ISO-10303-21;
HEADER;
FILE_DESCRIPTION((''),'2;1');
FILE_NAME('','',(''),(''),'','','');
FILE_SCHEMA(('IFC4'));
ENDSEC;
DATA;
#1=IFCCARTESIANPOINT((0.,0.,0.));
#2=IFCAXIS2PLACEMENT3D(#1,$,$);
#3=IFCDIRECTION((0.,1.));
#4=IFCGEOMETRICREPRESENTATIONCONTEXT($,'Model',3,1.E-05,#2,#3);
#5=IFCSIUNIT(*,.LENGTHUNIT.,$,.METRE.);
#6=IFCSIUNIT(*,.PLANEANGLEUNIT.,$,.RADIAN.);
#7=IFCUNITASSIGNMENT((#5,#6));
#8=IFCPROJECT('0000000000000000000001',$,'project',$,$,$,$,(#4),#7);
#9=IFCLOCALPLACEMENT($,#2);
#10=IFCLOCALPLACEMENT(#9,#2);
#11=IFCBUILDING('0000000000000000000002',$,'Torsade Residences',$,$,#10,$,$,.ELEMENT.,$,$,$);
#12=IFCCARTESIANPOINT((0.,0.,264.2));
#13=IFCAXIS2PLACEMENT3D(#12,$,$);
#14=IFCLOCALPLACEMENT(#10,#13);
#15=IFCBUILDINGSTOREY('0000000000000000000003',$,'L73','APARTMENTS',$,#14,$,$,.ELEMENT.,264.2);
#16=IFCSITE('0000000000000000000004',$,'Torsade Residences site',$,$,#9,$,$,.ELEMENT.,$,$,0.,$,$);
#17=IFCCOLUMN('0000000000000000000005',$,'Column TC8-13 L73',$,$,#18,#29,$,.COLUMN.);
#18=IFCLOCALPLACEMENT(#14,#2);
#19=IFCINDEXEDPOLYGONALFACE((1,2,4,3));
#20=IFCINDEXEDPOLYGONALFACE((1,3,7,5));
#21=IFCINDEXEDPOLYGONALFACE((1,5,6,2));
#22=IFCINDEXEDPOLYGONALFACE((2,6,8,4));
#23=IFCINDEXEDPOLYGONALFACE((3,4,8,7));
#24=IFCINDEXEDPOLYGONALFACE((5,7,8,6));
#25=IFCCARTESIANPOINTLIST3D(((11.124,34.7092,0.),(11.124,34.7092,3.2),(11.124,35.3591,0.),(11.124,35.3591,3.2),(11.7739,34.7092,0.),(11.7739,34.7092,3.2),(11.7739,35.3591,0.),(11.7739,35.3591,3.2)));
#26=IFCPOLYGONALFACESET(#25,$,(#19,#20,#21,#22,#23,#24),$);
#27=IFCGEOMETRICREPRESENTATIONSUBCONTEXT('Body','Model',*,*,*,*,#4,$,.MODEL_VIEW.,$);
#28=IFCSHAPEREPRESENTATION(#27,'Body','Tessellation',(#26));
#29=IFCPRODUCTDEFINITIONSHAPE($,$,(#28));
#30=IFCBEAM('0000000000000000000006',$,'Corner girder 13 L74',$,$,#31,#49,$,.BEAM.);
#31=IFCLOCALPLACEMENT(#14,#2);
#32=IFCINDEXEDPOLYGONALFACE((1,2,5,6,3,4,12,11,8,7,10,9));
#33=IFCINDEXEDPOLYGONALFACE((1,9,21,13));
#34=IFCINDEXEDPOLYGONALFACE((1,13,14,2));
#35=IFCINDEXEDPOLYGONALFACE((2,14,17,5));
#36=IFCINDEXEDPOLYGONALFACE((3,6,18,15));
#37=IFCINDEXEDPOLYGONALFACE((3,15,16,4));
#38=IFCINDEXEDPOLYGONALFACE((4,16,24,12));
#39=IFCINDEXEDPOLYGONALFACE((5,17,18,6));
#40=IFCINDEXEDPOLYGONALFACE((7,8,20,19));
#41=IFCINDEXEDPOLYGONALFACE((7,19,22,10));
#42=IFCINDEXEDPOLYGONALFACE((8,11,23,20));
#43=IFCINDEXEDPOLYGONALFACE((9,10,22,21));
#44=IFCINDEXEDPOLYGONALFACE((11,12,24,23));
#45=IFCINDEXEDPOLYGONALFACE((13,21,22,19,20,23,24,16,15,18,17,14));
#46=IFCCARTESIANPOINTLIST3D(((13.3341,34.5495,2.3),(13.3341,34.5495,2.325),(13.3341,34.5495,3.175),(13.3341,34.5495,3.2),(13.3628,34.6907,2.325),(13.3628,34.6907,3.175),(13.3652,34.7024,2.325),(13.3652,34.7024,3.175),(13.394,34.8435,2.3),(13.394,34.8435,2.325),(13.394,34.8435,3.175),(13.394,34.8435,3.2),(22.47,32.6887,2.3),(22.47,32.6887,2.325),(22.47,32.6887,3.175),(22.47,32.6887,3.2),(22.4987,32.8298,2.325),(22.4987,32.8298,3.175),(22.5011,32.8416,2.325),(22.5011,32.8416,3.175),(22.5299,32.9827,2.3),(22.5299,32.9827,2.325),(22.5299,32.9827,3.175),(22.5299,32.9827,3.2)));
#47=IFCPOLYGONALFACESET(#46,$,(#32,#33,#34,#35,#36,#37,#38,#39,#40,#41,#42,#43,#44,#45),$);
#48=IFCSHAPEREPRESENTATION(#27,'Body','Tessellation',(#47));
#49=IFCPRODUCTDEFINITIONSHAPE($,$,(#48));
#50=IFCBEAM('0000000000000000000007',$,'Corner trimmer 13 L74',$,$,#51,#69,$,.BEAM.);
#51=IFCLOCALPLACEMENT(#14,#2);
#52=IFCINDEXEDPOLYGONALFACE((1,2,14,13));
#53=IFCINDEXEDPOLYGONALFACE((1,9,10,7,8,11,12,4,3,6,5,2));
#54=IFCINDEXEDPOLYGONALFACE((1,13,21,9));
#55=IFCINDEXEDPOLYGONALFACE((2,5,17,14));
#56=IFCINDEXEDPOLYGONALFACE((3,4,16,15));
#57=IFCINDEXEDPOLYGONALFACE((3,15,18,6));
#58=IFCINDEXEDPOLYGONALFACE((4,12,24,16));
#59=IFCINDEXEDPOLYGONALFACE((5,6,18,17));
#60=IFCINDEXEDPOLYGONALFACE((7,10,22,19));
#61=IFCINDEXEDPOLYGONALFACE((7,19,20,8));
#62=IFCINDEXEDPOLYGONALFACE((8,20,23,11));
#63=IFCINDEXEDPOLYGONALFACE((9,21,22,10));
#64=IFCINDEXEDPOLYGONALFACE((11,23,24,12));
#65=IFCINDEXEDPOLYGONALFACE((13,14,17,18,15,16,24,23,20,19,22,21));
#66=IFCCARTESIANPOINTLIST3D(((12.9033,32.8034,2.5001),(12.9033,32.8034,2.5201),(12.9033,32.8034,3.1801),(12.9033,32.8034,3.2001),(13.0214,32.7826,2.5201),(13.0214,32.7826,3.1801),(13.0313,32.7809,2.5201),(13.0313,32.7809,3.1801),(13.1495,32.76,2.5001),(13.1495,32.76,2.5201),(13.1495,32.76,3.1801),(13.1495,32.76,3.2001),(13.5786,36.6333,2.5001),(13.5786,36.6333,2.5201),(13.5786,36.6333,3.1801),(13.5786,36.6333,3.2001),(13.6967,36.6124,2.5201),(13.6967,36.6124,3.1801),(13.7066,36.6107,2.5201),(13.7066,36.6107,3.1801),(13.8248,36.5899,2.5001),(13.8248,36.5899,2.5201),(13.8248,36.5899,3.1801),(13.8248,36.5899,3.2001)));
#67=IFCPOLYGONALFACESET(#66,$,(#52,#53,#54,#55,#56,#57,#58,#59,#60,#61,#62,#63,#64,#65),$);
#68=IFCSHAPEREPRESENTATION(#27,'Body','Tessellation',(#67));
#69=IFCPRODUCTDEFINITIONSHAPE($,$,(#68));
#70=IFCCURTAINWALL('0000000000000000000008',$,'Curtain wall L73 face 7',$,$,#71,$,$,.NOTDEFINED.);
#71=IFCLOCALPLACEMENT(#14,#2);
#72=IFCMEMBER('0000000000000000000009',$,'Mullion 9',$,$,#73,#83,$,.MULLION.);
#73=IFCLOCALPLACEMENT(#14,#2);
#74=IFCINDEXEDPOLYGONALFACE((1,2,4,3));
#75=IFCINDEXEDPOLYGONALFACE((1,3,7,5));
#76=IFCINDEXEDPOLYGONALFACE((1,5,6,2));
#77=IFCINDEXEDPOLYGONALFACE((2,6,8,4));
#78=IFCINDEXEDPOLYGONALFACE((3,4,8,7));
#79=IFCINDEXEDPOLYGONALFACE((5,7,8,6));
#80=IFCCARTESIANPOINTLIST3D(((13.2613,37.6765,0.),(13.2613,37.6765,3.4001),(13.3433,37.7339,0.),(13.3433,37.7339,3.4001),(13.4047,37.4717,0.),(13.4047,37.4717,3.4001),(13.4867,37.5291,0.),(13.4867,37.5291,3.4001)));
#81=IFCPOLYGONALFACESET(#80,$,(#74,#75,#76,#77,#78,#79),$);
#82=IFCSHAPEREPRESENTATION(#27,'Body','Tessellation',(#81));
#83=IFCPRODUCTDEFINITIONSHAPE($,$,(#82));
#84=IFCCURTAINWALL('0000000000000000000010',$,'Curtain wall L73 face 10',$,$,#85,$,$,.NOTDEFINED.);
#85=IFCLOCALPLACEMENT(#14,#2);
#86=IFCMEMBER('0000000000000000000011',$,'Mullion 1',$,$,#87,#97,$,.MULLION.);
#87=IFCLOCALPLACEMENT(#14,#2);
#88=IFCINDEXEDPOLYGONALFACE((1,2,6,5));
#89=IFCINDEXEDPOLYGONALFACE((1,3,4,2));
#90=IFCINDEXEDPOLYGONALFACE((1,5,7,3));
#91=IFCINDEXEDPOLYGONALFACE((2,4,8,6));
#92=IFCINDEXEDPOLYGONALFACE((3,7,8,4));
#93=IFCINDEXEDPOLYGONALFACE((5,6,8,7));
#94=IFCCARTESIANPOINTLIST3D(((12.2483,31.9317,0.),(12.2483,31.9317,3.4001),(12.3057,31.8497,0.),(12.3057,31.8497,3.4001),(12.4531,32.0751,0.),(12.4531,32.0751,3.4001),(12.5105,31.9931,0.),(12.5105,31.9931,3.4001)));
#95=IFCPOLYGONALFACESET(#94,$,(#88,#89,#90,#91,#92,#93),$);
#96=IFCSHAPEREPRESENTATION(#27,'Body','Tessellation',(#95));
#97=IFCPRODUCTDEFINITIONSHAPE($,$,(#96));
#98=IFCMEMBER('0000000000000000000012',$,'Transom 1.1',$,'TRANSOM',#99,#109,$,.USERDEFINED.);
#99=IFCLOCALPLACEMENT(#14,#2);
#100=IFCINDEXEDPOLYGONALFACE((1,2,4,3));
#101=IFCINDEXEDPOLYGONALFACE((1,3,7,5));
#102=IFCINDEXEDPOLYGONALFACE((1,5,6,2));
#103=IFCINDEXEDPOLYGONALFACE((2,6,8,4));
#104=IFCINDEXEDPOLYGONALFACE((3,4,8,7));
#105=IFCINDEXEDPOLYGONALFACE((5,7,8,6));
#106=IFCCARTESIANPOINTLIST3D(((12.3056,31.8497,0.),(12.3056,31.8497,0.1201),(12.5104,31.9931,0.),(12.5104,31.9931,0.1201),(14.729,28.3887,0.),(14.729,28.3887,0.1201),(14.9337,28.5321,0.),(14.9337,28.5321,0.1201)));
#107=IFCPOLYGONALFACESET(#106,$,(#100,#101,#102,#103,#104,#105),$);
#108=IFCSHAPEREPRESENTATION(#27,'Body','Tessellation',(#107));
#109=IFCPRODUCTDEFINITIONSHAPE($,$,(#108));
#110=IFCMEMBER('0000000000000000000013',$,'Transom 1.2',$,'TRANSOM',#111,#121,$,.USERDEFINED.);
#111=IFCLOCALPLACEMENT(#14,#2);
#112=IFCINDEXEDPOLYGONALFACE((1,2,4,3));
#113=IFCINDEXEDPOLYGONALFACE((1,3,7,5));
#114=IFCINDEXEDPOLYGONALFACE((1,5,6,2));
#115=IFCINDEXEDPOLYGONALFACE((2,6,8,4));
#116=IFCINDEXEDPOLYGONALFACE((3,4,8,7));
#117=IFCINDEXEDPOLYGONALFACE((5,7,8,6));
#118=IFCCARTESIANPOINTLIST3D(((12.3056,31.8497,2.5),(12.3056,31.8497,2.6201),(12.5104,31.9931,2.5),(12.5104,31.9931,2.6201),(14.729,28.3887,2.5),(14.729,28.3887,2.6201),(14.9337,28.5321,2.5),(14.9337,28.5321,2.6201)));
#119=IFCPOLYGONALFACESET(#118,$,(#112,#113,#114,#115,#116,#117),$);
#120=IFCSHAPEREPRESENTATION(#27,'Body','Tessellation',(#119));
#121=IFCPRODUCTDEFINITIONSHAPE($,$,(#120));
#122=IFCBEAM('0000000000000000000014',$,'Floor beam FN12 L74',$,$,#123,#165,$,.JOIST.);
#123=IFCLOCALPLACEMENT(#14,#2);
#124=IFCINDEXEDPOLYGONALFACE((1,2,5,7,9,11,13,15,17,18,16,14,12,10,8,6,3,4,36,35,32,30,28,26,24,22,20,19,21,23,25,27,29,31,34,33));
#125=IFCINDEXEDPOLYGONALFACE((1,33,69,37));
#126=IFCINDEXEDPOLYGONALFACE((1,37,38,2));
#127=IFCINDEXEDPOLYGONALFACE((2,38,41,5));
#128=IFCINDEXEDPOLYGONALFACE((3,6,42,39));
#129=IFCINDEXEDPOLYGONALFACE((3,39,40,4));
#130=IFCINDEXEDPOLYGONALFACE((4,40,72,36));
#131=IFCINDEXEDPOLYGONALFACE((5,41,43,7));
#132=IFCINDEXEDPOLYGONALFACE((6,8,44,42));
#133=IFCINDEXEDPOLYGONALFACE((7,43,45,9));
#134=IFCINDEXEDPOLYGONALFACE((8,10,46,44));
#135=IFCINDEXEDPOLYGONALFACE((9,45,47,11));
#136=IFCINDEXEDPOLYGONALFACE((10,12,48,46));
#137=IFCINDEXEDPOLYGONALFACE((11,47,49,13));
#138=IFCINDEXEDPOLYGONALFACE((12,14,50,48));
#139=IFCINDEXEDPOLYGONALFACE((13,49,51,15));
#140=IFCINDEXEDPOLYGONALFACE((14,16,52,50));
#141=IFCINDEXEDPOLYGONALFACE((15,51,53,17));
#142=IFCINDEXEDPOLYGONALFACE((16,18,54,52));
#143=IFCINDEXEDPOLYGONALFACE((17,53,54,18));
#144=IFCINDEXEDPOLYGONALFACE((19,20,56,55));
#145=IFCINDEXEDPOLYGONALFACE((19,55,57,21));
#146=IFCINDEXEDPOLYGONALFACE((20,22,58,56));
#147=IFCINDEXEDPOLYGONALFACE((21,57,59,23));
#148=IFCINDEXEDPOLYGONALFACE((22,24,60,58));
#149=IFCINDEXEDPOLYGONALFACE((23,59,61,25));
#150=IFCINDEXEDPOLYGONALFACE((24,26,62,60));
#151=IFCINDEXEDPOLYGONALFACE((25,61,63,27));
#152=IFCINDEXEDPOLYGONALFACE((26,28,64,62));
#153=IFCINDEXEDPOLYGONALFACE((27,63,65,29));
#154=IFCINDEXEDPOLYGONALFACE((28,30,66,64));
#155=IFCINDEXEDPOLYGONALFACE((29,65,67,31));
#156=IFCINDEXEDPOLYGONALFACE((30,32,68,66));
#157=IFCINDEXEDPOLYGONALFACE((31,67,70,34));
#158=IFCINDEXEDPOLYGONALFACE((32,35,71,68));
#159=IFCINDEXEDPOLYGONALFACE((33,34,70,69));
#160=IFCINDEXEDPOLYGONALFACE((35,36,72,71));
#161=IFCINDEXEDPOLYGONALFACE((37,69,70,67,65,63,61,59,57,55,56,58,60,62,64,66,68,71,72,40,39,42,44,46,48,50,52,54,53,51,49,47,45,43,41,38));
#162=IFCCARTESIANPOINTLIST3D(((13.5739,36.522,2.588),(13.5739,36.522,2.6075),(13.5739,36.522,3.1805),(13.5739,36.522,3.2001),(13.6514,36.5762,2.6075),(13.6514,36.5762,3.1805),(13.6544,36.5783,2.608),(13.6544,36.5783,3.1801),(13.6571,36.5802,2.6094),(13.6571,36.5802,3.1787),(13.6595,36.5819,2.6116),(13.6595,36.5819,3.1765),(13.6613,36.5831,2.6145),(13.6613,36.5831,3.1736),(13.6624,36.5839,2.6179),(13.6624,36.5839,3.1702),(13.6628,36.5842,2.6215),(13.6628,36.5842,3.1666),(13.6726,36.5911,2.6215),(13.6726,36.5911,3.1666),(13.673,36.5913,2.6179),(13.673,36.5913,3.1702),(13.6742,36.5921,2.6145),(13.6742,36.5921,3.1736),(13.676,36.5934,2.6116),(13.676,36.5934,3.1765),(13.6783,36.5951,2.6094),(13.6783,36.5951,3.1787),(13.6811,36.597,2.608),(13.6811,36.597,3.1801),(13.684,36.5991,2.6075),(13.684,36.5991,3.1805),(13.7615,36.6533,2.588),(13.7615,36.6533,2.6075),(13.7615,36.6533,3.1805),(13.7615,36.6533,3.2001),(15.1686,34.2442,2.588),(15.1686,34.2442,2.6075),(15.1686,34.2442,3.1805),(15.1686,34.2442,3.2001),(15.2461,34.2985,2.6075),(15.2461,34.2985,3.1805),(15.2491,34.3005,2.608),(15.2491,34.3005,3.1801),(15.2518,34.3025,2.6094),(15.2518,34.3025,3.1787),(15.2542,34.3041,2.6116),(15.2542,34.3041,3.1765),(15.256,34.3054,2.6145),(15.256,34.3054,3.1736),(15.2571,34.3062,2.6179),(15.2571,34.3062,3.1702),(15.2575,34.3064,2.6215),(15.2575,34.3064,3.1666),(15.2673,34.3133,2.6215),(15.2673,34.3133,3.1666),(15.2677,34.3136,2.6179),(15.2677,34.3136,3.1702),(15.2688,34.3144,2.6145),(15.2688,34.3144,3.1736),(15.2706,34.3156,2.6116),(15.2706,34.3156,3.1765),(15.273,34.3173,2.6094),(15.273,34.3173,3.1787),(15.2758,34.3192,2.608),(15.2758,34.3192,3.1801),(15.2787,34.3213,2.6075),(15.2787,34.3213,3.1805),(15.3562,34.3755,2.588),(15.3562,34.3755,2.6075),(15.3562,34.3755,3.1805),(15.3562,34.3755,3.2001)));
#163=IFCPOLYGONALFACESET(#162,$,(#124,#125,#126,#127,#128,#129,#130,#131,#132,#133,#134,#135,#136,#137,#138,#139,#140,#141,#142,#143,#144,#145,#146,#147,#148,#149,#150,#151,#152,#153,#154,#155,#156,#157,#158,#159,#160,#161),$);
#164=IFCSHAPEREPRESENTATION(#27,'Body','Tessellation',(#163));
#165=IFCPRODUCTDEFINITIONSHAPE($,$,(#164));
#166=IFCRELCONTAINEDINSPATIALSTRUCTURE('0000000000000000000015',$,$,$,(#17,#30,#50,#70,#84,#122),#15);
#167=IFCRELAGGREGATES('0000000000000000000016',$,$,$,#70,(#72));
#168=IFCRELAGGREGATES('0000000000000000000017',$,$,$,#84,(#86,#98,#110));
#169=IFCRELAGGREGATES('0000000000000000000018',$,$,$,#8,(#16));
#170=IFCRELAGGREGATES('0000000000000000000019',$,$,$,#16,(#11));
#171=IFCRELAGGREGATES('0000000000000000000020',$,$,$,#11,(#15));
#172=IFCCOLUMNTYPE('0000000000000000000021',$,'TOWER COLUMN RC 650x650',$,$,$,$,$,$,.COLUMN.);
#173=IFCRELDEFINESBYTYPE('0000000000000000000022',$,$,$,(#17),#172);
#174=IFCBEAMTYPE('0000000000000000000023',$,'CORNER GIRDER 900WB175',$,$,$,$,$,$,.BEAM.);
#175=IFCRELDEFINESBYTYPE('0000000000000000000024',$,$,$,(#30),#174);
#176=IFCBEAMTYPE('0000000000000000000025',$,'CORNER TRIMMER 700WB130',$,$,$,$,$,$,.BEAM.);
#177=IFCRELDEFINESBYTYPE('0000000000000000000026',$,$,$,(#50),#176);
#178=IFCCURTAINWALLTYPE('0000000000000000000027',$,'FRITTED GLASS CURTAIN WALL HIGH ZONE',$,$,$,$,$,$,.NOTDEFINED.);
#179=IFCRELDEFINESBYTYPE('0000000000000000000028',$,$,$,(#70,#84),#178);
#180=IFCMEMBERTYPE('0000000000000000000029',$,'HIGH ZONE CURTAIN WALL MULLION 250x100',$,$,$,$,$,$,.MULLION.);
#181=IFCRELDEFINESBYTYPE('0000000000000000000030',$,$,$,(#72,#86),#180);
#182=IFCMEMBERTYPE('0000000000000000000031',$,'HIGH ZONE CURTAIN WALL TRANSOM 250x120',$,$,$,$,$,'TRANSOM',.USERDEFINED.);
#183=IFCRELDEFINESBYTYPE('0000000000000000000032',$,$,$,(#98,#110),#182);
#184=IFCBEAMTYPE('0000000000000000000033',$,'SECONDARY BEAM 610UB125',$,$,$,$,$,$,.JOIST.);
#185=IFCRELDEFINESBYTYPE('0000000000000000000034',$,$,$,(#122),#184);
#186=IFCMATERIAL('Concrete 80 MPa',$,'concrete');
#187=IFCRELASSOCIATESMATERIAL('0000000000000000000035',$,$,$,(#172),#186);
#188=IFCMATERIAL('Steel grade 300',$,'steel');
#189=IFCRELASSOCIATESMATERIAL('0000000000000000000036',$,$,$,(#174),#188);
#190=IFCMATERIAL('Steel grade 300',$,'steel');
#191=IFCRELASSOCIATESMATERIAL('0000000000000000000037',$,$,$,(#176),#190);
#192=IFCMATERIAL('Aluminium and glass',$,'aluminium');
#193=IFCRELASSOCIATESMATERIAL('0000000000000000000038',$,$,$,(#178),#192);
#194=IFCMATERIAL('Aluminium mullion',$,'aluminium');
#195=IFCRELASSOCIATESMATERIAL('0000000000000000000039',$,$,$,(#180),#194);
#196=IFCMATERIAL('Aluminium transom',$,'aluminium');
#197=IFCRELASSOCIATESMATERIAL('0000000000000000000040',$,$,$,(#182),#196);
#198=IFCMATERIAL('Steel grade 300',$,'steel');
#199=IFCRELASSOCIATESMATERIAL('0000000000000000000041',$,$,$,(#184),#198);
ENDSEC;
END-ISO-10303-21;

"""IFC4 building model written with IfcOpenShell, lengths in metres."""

from ifc_helpers import new_model, si_unit, direction, frame, origin, origin_2d, place, context, subcontext, project, spatial, rectangle, i_section, extrude, material, material_profile, profile_set, type_object, element, aggregate, save


model = new_model("IFC4")

# Units and contexts
model_context = context("Model", 3, precision=1e-05, world=origin(), true_north=direction((0.0, 1.0)))
body_context = subcontext(model_context, "Body", "Model", "MODEL_VIEW")
ifc_project = project(units=[si_unit("LENGTHUNIT", "METRE"), si_unit("PLANEANGLEUNIT", "RADIAN")], contexts=[model_context])

# Site, building, storey
site_placement = place(None, origin())
site = spatial("IfcSite", under=ifc_project, at=site_placement, Name="Torsade Residences site", CompositionType="ELEMENT", RefElevation=0.0)
building_placement = place(site_placement, origin())
building = spatial("IfcBuilding", under=site, at=building_placement, Name="Torsade Residences", CompositionType="ELEMENT")
storey_placement = place(building_placement, frame((0.0, 0.0, 264.2)))
storey = spatial("IfcBuildingStorey", under=building, at=storey_placement, Name="L73", Description="APARTMENTS", CompositionType="ELEMENT", Elevation=264.2)

# Column
ifc_material_1 = material(Name="Concrete 80 MPa", Category="concrete")
ifc_material_profile_1 = material_profile(ifc_material_1, rectangle(XDim=0.6499, YDim=0.6499, at=origin_2d()), Name="RC 650x650")
ifc_profile_set_1 = profile_set([ifc_material_profile_1], Name="Concrete 80 MPa")
column_type = type_object("IfcColumnType", Name="TOWER COLUMN RC 650x650", PredefinedType="COLUMN", material=ifc_profile_set_1)
column_placement = place(storey_placement, frame((11.449, 35.0342, 0.0), z_axis=(0.0, 0.0, 1.0), x_axis=(1.0, 0.0, 0.0)))
element("IfcColumn", 1, at=column_placement, inside=storey, type_object=column_type, Name="Column TC8-13 L73", PredefinedType="COLUMN", context=body_context, shape_type="SweptSolid", body=[
    extrude(rectangle(XDim=0.6499, YDim=0.6499, at=origin_2d()), origin(), (0.0, 0.0, 1.0), 3.2),
])

# Beams
ifc_material_2 = material(Name="Steel grade 300", Category="steel")
ifc_material_profile_2 = material_profile(ifc_material_2, i_section(OverallWidth=0.3, OverallDepth=0.8999, WebThickness=0.012, FlangeThickness=0.0249, at=origin_2d()), Name="900WB175")
ifc_profile_set_2 = profile_set([ifc_material_profile_2], Name="Steel grade 300")
beam_type_1 = type_object("IfcBeamType", Name="CORNER GIRDER 900WB175", PredefinedType="BEAM", material=ifc_profile_set_2)
beam_1_placement = place(storey_placement, frame((13.364, 34.6965, 2.75), z_axis=(0.979881, -0.199584, 0.0), x_axis=(0.199584, 0.979881, 0.0)))
element("IfcBeam", 2, at=beam_1_placement, inside=storey, type_object=beam_type_1, Name="Corner girder 13 L74", PredefinedType="BEAM", context=body_context, shape_type="SweptSolid", body=[
    extrude(i_section(OverallWidth=0.3, OverallDepth=0.8999, WebThickness=0.012, FlangeThickness=0.0249, at=origin_2d()), origin(), (0.0, 0.0, 1.0), 9.3235),
])
ifc_material_3 = material(Name="Steel grade 300", Category="steel")
ifc_material_profile_3 = material_profile(ifc_material_3, i_section(OverallWidth=0.25, OverallDepth=0.7, WebThickness=0.01, FlangeThickness=0.02, at=origin_2d()), Name="700WB130")
ifc_profile_set_3 = profile_set([ifc_material_profile_3], Name="Steel grade 300")
beam_type_2 = type_object("IfcBeamType", Name="CORNER TRIMMER 700WB130", PredefinedType="BEAM", material=ifc_profile_set_3)
beam_2_placement = place(storey_placement, frame((13.0264, 32.7817, 2.8501), z_axis=(0.173646, 0.984808, 0.0), x_axis=(-0.984808, 0.173646, 0.0)))
element("IfcBeam", 3, at=beam_2_placement, inside=storey, type_object=beam_type_2, Name="Corner trimmer 13 L74", PredefinedType="BEAM", context=body_context, shape_type="SweptSolid", body=[
    extrude(i_section(OverallWidth=0.25, OverallDepth=0.7, WebThickness=0.01, FlangeThickness=0.02, at=origin_2d()), origin(), (0.0, 0.0, 1.0), 3.8889),
])

# Curtain wall, member
ifc_material_4 = material(Name="Aluminium and glass", Category="aluminium")
curtain_wall_type = type_object("IfcCurtainWallType", Name="FRITTED GLASS CURTAIN WALL HIGH ZONE", PredefinedType="NOTDEFINED", material=ifc_material_4)
curtain_wall_1_placement = place(storey_placement, origin())
curtain_wall_1 = element("IfcCurtainWall", 4, at=curtain_wall_1_placement, inside=storey, type_object=curtain_wall_type, Name="Curtain wall L73 face 7", PredefinedType="NOTDEFINED")
ifc_material_5 = material(Name="Aluminium mullion", Category="aluminium")
ifc_material_profile_4 = material_profile(ifc_material_5, rectangle(XDim=0.25, YDim=0.1001, at=origin_2d()), Name="HIGH ZONE CURTAIN WALL MULLION 250x100")
ifc_profile_set_4 = profile_set([ifc_material_profile_4], Name="Aluminium mullion")
member_type_1 = type_object("IfcMemberType", Name="HIGH ZONE CURTAIN WALL MULLION 250x100", PredefinedType="MULLION", material=ifc_profile_set_4)
member_1_placement = place(storey_placement, frame((13.374, 37.6028, 0.0), z_axis=(0.0, 0.0, 1.0), x_axis=(0.573576, -0.819152, 0.0)))
member_1 = element("IfcMember", 5, at=member_1_placement, type_object=member_type_1, Name="Mullion 9", PredefinedType="MULLION", context=body_context, shape_type="SweptSolid", body=[
    extrude(rectangle(XDim=0.25, YDim=0.1001, at=origin_2d()), origin(), (0.0, 0.0, 1.0), 3.4001),
])
aggregate(curtain_wall_1, [member_1])

# Curtain wall, members
curtain_wall_2_placement = place(storey_placement, origin())
curtain_wall_2 = element("IfcCurtainWall", 6, at=curtain_wall_2_placement, inside=storey, type_object=curtain_wall_type, Name="Curtain wall L73 face 10", PredefinedType="NOTDEFINED")
member_2_placement = place(storey_placement, frame((12.3794, 31.9624, 0.0), z_axis=(0.0, 0.0, 1.0), x_axis=(0.819152, 0.573576, 0.0)))
member_2 = element("IfcMember", 7, at=member_2_placement, type_object=member_type_1, Name="Mullion 1", PredefinedType="MULLION", context=body_context, shape_type="SweptSolid", body=[
    extrude(rectangle(XDim=0.25, YDim=0.1001, at=origin_2d()), origin(), (0.0, 0.0, 1.0), 3.4001),
])
ifc_material_6 = material(Name="Aluminium transom", Category="aluminium")
ifc_material_profile_5 = material_profile(ifc_material_6, rectangle(XDim=0.25, YDim=0.1201, at=origin_2d()), Name="HIGH ZONE CURTAIN WALL TRANSOM 250x120")
ifc_profile_set_5 = profile_set([ifc_material_profile_5], Name="Aluminium transom")
member_type_2 = type_object("IfcMemberType", Name="HIGH ZONE CURTAIN WALL TRANSOM 250x120", ElementType="TRANSOM", PredefinedType="USERDEFINED", material=ifc_profile_set_5)
member_3_placement = place(storey_placement, frame((12.408, 31.9214, 0.0601), z_axis=(0.573571, -0.819156, 0.0), x_axis=(0.819156, 0.573571, 0.0)))
member_3 = element("IfcMember", 8, at=member_3_placement, type_object=member_type_2, Name="Transom 1.1", ObjectType="TRANSOM", PredefinedType="USERDEFINED", context=body_context, shape_type="SweptSolid", body=[
    extrude(rectangle(XDim=0.25, YDim=0.1201, at=origin_2d()), origin(), (0.0, 0.0, 1.0), 4.2251),
])
member_4_placement = place(storey_placement, frame((12.408, 31.9214, 2.5601), z_axis=(0.573571, -0.819156, 0.0), x_axis=(0.819156, 0.573571, 0.0)))
member_4 = element("IfcMember", 9, at=member_4_placement, type_object=member_type_2, Name="Transom 1.2", ObjectType="TRANSOM", PredefinedType="USERDEFINED", context=body_context, shape_type="SweptSolid", body=[
    extrude(rectangle(XDim=0.25, YDim=0.1201, at=origin_2d()), origin(), (0.0, 0.0, 1.0), 4.2251),
])

# Beam
ifc_material_7 = material(Name="Steel grade 300", Category="steel")
ifc_material_profile_6 = material_profile(ifc_material_7, i_section(OverallWidth=0.229, OverallDepth=0.6121, WebThickness=0.012, FlangeThickness=0.0195, FilletRadius=0.0139, at=origin_2d()), Name="610UB125")
ifc_profile_set_6 = profile_set([ifc_material_profile_6], Name="Steel grade 300")
beam_type_3 = type_object("IfcBeamType", Name="SECONDARY BEAM 610UB125", PredefinedType="JOIST", material=ifc_profile_set_6)
beam_3_placement = place(storey_placement, frame((13.6677, 36.5876, 2.894), z_axis=(0.573521, -0.819191, 0.0), x_axis=(0.819191, 0.573521, 0.0)))
element("IfcBeam", 10, at=beam_3_placement, inside=storey, type_object=beam_type_3, Name="Floor beam FN12 L74", PredefinedType="JOIST", context=body_context, shape_type="SweptSolid", body=[
    extrude(i_section(OverallWidth=0.229, OverallDepth=0.6121, WebThickness=0.012, FlangeThickness=0.0195, FilletRadius=0.0139, at=origin_2d()), origin(), (0.0, 0.0, 1.0), 2.7805),
])

aggregate(curtain_wall_2, [member_2, member_3, member_4])

save(model, "model.ifc")
